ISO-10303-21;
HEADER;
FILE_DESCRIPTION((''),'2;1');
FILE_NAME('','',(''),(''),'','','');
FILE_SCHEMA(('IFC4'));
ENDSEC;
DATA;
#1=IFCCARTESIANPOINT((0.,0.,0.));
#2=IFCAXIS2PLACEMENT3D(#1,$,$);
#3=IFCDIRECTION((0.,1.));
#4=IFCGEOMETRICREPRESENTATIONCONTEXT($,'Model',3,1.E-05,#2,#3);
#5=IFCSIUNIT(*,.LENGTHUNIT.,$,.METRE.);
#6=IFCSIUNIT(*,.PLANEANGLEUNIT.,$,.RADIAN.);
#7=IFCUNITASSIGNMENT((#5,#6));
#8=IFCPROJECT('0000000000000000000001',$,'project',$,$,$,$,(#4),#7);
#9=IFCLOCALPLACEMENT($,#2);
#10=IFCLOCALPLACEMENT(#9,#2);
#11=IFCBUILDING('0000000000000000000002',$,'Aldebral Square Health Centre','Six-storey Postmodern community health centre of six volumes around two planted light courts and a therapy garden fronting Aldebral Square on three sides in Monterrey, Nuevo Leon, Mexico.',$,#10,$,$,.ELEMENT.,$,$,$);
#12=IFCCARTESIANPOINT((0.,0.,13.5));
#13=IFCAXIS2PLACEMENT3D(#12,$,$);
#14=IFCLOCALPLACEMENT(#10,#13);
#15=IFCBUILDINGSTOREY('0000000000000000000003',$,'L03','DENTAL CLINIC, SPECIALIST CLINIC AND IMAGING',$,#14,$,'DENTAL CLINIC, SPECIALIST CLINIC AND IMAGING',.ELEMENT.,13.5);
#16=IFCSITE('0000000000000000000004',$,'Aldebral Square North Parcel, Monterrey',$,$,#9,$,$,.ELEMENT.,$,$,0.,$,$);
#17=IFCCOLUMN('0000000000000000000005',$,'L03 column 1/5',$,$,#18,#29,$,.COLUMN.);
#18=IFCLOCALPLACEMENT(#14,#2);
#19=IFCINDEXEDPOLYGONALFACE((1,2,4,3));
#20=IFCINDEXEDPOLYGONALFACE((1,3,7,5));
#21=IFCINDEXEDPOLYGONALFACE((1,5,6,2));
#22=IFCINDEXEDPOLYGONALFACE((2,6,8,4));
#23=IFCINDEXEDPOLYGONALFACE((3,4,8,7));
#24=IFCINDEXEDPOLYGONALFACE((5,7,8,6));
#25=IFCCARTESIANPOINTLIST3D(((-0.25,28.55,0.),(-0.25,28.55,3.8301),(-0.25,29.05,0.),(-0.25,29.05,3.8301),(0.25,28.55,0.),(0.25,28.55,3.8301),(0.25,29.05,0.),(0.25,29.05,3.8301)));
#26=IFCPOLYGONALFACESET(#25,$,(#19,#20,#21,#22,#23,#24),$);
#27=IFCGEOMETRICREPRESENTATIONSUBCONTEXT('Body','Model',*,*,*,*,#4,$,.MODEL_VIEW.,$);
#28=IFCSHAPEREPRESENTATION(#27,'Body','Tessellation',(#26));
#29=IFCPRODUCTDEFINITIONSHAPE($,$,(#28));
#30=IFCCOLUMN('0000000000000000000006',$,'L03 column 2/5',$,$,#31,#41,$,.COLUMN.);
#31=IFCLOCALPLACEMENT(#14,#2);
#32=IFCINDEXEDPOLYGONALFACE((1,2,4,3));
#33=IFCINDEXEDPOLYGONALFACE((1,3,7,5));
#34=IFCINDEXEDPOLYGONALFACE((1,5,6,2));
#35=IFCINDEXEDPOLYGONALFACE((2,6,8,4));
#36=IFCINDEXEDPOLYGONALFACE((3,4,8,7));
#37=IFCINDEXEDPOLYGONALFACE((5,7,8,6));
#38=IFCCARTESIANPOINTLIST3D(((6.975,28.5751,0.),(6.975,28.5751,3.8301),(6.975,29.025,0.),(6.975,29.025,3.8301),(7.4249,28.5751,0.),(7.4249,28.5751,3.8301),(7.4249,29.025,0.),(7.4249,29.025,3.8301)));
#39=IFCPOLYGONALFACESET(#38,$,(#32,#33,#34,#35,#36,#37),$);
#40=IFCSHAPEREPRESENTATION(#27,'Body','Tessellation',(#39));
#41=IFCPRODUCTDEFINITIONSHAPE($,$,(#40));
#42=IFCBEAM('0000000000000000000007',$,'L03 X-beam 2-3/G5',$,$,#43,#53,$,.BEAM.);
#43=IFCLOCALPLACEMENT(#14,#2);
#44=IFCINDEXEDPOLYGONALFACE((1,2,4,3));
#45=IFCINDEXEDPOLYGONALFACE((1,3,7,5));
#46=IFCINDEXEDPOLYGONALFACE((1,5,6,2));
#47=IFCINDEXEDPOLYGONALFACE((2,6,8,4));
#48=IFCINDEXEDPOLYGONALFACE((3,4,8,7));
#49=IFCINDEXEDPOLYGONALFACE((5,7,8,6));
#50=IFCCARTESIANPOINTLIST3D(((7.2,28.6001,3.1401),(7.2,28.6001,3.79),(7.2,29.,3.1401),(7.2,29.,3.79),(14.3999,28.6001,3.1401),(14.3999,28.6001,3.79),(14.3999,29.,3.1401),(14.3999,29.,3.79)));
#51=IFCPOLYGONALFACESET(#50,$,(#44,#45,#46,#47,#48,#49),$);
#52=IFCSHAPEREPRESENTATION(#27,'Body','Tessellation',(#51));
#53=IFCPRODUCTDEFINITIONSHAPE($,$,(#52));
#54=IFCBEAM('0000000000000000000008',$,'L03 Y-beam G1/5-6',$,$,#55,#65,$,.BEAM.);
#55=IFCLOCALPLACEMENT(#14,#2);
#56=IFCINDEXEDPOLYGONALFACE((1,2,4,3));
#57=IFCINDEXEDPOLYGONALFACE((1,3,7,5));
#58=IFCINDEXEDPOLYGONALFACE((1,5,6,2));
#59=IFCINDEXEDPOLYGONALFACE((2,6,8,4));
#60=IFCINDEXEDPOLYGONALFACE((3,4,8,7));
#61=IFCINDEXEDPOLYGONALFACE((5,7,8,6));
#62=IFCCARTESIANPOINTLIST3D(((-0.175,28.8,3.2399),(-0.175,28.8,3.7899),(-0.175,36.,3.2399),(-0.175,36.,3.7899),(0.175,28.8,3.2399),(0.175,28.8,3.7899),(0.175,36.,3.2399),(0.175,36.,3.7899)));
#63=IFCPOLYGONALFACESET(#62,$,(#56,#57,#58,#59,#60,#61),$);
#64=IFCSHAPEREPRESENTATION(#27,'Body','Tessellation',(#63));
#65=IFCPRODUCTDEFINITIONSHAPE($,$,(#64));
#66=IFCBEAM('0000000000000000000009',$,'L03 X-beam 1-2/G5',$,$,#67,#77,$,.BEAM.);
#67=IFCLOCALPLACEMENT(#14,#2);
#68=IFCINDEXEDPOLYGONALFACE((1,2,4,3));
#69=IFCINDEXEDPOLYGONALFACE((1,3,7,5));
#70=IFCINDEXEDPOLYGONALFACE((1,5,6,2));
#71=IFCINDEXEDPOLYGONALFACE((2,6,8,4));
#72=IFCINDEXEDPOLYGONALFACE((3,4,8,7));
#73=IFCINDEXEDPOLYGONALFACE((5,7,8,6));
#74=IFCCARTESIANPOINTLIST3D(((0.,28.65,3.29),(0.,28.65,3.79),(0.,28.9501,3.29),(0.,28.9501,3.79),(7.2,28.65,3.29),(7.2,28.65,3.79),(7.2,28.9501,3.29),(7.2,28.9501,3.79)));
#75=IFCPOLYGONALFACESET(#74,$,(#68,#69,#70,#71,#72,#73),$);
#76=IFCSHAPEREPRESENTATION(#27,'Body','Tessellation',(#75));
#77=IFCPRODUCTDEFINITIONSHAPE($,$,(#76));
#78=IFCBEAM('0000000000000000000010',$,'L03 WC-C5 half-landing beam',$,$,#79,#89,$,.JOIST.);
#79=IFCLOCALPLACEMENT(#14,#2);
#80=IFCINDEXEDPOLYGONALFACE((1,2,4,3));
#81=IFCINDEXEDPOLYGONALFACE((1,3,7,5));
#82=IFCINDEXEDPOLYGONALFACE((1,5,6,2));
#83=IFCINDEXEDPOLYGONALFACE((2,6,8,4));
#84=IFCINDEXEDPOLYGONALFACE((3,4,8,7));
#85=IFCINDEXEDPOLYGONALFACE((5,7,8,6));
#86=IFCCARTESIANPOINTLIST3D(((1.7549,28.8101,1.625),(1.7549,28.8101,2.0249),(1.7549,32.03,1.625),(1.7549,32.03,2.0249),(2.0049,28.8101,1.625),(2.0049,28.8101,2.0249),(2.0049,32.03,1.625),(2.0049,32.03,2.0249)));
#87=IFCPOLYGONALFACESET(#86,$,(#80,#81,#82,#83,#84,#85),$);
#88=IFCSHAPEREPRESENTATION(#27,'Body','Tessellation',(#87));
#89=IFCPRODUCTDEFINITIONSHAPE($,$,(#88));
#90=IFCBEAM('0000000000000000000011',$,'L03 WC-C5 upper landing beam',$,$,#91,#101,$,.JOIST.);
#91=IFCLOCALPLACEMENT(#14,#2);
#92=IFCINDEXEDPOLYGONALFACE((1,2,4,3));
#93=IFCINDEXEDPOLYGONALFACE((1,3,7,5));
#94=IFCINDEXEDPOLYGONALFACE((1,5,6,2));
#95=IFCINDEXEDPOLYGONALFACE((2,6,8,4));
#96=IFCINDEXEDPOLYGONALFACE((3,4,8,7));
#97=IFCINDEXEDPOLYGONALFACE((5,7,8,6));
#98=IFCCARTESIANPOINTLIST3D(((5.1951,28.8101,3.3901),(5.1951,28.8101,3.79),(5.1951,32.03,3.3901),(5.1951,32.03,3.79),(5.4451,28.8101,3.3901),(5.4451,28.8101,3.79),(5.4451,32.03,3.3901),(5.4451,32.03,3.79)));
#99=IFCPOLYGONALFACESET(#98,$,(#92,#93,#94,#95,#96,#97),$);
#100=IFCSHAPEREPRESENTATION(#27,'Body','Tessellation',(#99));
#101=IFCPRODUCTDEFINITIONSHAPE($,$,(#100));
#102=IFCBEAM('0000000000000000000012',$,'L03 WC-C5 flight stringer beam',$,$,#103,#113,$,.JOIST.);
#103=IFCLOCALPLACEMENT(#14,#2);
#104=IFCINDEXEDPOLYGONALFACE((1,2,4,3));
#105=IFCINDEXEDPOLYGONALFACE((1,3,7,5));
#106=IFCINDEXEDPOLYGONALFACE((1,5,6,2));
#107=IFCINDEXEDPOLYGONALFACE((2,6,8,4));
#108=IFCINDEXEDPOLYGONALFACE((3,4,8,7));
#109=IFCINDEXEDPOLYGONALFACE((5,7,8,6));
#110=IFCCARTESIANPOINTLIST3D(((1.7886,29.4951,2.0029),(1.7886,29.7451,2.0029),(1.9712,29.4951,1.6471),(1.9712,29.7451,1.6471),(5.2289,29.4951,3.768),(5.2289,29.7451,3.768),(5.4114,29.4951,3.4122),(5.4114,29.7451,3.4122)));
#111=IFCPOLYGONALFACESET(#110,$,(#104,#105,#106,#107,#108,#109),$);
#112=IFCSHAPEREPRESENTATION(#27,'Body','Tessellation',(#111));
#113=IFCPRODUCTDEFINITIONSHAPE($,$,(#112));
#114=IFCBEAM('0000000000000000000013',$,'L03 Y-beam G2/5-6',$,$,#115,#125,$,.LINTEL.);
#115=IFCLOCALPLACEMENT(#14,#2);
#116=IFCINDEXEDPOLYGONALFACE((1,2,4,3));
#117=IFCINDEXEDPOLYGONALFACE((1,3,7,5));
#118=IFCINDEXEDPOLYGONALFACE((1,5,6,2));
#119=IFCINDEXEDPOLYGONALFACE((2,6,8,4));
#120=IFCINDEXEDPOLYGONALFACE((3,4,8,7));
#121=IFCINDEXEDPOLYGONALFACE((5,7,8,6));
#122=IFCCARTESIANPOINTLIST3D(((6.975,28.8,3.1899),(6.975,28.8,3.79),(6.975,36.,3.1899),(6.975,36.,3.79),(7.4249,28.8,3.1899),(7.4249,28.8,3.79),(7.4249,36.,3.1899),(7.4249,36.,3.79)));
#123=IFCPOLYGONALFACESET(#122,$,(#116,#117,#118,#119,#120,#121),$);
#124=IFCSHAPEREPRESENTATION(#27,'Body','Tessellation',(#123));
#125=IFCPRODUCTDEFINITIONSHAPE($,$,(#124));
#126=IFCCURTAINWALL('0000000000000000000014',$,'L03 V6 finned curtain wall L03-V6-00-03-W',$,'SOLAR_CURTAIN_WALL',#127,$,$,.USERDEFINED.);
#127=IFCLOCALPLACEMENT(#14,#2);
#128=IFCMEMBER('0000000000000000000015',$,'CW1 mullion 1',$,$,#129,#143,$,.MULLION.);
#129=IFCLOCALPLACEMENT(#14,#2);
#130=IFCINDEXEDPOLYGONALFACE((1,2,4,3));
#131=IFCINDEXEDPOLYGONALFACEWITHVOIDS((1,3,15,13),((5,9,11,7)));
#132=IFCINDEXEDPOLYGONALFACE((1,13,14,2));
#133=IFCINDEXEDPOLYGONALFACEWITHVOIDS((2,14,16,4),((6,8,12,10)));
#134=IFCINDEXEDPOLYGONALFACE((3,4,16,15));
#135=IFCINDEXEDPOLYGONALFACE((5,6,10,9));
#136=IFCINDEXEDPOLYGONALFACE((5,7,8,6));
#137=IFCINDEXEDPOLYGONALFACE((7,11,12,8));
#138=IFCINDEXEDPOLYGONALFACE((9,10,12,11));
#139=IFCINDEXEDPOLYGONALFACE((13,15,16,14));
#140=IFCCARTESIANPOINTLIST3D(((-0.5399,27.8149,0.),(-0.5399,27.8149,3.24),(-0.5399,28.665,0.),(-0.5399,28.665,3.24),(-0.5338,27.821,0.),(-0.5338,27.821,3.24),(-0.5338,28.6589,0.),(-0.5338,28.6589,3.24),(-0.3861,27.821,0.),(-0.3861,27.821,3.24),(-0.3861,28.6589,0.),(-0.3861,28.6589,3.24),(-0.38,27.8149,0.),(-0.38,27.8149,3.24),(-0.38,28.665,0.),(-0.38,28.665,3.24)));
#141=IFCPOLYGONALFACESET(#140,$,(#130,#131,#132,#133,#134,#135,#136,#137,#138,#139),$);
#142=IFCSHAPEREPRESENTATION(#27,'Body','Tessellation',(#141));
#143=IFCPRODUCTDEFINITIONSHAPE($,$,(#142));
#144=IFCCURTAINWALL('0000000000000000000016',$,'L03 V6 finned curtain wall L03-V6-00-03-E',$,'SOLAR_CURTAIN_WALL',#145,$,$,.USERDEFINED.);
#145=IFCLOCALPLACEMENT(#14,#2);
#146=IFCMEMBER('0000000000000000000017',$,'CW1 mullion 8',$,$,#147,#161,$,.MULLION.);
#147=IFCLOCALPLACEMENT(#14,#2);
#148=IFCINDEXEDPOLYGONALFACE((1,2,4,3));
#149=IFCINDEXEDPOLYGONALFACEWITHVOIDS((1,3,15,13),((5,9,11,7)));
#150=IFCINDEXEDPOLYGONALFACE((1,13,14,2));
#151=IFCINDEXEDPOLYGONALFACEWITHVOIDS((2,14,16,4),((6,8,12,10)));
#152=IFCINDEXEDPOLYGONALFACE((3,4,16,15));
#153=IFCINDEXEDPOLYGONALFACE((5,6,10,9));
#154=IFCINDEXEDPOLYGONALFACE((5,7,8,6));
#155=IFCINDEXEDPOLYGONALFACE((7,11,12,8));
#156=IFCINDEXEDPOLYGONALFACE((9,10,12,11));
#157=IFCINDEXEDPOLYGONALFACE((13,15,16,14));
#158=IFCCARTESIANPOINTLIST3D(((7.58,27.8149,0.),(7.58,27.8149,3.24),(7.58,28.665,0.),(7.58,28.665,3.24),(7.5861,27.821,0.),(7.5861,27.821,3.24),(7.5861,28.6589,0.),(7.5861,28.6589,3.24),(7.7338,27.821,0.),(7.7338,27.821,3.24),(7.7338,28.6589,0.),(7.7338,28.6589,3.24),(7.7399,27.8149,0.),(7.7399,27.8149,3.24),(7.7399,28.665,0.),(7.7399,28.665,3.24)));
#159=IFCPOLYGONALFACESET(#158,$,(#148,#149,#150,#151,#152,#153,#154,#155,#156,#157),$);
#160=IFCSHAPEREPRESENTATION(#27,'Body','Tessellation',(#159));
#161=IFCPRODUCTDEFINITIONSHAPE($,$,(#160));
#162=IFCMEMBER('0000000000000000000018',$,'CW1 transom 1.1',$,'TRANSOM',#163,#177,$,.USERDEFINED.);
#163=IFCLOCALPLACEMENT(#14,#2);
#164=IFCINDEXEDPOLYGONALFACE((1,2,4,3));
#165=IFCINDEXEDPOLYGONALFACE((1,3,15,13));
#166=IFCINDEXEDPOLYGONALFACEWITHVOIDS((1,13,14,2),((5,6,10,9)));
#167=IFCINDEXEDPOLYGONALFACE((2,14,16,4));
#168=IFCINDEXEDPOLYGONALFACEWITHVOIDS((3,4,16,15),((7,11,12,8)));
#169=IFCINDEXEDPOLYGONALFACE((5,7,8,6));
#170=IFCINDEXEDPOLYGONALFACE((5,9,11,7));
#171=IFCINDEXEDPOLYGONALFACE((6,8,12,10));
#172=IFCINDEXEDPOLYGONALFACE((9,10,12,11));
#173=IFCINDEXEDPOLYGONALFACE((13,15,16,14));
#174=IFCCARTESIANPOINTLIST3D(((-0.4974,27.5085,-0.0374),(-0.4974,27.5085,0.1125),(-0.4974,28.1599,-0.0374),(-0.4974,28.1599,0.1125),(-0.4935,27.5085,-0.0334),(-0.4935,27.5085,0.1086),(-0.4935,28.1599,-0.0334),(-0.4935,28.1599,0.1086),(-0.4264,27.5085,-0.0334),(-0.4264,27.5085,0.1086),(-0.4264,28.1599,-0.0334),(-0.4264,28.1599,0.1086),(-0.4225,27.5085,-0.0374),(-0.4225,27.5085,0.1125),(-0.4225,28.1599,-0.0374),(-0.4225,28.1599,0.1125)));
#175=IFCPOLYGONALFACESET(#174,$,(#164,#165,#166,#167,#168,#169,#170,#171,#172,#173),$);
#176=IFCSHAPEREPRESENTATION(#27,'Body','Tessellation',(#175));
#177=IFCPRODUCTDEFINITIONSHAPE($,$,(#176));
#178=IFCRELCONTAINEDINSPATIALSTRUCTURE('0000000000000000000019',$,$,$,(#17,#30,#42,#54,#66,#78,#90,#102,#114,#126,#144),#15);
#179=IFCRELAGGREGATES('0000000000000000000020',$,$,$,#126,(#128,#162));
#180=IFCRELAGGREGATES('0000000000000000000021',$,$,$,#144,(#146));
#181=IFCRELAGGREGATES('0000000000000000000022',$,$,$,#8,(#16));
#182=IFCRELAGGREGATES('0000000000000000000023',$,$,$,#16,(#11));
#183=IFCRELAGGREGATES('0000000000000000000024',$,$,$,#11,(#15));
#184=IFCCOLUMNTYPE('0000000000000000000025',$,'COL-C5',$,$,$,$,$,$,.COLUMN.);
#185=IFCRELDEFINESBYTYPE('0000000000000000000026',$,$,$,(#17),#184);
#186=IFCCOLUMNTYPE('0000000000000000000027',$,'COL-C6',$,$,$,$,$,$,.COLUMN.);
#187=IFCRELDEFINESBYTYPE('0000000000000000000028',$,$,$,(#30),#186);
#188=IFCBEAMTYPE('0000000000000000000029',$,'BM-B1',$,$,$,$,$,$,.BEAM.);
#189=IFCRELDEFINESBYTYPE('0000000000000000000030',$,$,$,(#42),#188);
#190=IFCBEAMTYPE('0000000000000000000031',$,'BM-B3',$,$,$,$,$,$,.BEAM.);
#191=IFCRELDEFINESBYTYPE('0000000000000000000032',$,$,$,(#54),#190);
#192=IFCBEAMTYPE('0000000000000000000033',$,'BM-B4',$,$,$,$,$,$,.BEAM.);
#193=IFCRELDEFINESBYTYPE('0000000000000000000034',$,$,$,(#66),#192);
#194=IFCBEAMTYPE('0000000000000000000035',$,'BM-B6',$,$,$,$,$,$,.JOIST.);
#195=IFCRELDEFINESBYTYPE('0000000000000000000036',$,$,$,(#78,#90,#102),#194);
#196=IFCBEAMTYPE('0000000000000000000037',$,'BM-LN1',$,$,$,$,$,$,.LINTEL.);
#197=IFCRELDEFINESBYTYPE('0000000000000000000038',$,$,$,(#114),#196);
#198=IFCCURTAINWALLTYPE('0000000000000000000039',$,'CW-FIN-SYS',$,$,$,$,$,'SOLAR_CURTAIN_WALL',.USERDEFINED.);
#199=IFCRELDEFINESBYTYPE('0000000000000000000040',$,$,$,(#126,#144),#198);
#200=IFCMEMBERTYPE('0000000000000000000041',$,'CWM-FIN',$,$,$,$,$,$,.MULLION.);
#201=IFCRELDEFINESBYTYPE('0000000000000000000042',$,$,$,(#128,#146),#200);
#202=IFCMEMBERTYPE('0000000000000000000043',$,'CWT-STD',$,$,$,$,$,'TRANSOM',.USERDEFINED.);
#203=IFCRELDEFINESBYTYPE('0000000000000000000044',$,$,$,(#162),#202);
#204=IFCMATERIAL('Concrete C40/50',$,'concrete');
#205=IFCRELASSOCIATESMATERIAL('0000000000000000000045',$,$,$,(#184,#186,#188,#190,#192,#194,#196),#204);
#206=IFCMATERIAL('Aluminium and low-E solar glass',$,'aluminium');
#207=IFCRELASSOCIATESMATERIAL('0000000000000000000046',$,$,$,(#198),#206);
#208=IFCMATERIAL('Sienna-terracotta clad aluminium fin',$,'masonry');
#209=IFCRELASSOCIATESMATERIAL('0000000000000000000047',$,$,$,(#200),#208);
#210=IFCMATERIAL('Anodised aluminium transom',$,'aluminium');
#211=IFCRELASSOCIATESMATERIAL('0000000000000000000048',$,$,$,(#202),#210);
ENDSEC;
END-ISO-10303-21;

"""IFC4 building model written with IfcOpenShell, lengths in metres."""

from ifc_helpers import new_model, si_unit, direction, frame, origin, origin_2d, place, context, subcontext, project, spatial, rectangle, hollow_rectangle, extrude, material, material_profile, profile_set, type_object, element, aggregate, save


model = new_model("IFC4")

# Units and contexts
model_context = context("Model", 3, precision=1e-05, world=origin(), true_north=direction((0.0, 1.0)))
body_context = subcontext(model_context, "Body", "Model", "MODEL_VIEW")
ifc_project = project(units=[si_unit("LENGTHUNIT", "METRE"), si_unit("PLANEANGLEUNIT", "RADIAN")], contexts=[model_context])

# Site, building, storey
site_placement = place(None, origin())
site = spatial("IfcSite", under=ifc_project, at=site_placement, Name="Aldebral Square North Parcel, Monterrey", CompositionType="ELEMENT", RefElevation=0.0)
building_placement = place(site_placement, origin())
building = spatial("IfcBuilding", under=site, at=building_placement, Name="Aldebral Square Health Centre", Description="Six-storey Postmodern community health centre of six volumes around two planted light courts and a therapy garden fronting Aldebral Square on three sides in Monterrey, Nuevo Leon, Mexico.", CompositionType="ELEMENT")
storey_placement = place(building_placement, frame((0.0, 0.0, 13.5)))
storey = spatial("IfcBuildingStorey", under=building, at=storey_placement, Name="L03", Description="DENTAL CLINIC, SPECIALIST CLINIC AND IMAGING", LongName="DENTAL CLINIC, SPECIALIST CLINIC AND IMAGING", CompositionType="ELEMENT", Elevation=13.5)

# Columns
ifc_material_1 = material(Name="Concrete C40/50", Category="concrete")
ifc_material_profile_1 = material_profile(ifc_material_1, rectangle(XDim=0.5, YDim=0.5, at=origin_2d()), Name="RC 500x500")
ifc_profile_set_1 = profile_set([ifc_material_profile_1], Name="Concrete C40/50")
column_type_1 = type_object("IfcColumnType", Name="COL-C5", PredefinedType="COLUMN", material=ifc_profile_set_1)
column_1_placement = place(storey_placement, frame((0.0, 28.8, 0.0), z_axis=(0.0, 0.0, 1.0), x_axis=(1.0, 0.0, 0.0)))
element("IfcColumn", 1, at=column_1_placement, inside=storey, type_object=column_type_1, Name="L03 column 1/5", PredefinedType="COLUMN", context=body_context, shape_type="SweptSolid", body=[
    extrude(rectangle(XDim=0.5, YDim=0.5, at=origin_2d()), origin(), (0.0, 0.0, 1.0), 3.8301),
])
ifc_material_profile_2 = material_profile(ifc_material_1, rectangle(XDim=0.45, YDim=0.45, at=origin_2d()), Name="RC 450x450")
ifc_profile_set_2 = profile_set([ifc_material_profile_2], Name="Concrete C40/50")
column_type_2 = type_object("IfcColumnType", Name="COL-C6", PredefinedType="COLUMN", material=ifc_profile_set_2)
column_2_placement = place(storey_placement, frame((7.2, 28.8, 0.0), z_axis=(0.0, 0.0, 1.0), x_axis=(1.0, 0.0, 0.0)))
element("IfcColumn", 2, at=column_2_placement, inside=storey, type_object=column_type_2, Name="L03 column 2/5", PredefinedType="COLUMN", context=body_context, shape_type="SweptSolid", body=[
    extrude(rectangle(XDim=0.45, YDim=0.45, at=origin_2d()), origin(), (0.0, 0.0, 1.0), 3.8301),
])

# Beams
ifc_material_profile_3 = material_profile(ifc_material_1, rectangle(XDim=0.3999, YDim=0.6499, at=origin_2d()), Name="RC 400x650")
ifc_profile_set_3 = profile_set([ifc_material_profile_3], Name="Concrete C40/50")
beam_type_1 = type_object("IfcBeamType", Name="BM-B1", PredefinedType="BEAM", material=ifc_profile_set_3)
beam_1_placement = place(storey_placement, frame((7.2, 28.8, 3.4651), z_axis=(1.0, 0.0, 0.0), x_axis=(0.0, 1.0, 0.0)))
element("IfcBeam", 3, at=beam_1_placement, inside=storey, type_object=beam_type_1, Name="L03 X-beam 2-3/G5", PredefinedType="BEAM", context=body_context, shape_type="SweptSolid", body=[
    extrude(rectangle(XDim=0.3999, YDim=0.6499, at=origin_2d()), origin(), (0.0, 0.0, 1.0), 7.2),
])
ifc_material_profile_4 = material_profile(ifc_material_1, rectangle(XDim=0.3501, YDim=0.55, at=origin_2d()), Name="RC 350x550")
ifc_profile_set_4 = profile_set([ifc_material_profile_4], Name="Concrete C40/50")
beam_type_2 = type_object("IfcBeamType", Name="BM-B3", PredefinedType="BEAM", material=ifc_profile_set_4)
beam_2_placement = place(storey_placement, frame((0.0, 28.8, 3.5149), z_axis=(0.0, 1.0, 0.0), x_axis=(-1.0, 0.0, 0.0)))
element("IfcBeam", 4, at=beam_2_placement, inside=storey, type_object=beam_type_2, Name="L03 Y-beam G1/5-6", PredefinedType="BEAM", context=body_context, shape_type="SweptSolid", body=[
    extrude(rectangle(XDim=0.3501, YDim=0.55, at=origin_2d()), origin(), (0.0, 0.0, 1.0), 7.2),
])
ifc_material_profile_5 = material_profile(ifc_material_1, rectangle(XDim=0.3, YDim=0.5, at=origin_2d()), Name="RC 300x500")
ifc_profile_set_5 = profile_set([ifc_material_profile_5], Name="Concrete C40/50")
beam_type_3 = type_object("IfcBeamType", Name="BM-B4", PredefinedType="BEAM", material=ifc_profile_set_5)
beam_3_placement = place(storey_placement, frame((0.0, 28.8, 3.54), z_axis=(1.0, 0.0, 0.0), x_axis=(0.0, 1.0, 0.0)))
element("IfcBeam", 5, at=beam_3_placement, inside=storey, type_object=beam_type_3, Name="L03 X-beam 1-2/G5", PredefinedType="BEAM", context=body_context, shape_type="SweptSolid", body=[
    extrude(rectangle(XDim=0.3, YDim=0.5, at=origin_2d()), origin(), (0.0, 0.0, 1.0), 7.2),
])
ifc_material_profile_6 = material_profile(ifc_material_1, rectangle(XDim=0.25, YDim=0.3999, at=origin_2d()), Name="RC 250x400")
ifc_profile_set_6 = profile_set([ifc_material_profile_6], Name="Concrete C40/50")
beam_type_4 = type_object("IfcBeamType", Name="BM-B6", PredefinedType="JOIST", material=ifc_profile_set_6)
for number, where, z_axis, x_axis, name in (
    (6, (1.8799, 28.8101, 1.825), (0.0, 1.0, 0.0), (-1.0, 0.0, 0.0), "L03 WC-C5 half-landing beam"),
    (7, (5.3201, 28.8101, 3.5901), (0.0, 1.0, 0.0), (-1.0, 0.0, 0.0), "L03 WC-C5 upper landing beam"),
):
    element("IfcBeam", number, at=place(storey_placement, frame(where, z_axis=z_axis, x_axis=x_axis)), inside=storey, type_object=beam_type_4, Name=name, PredefinedType="JOIST", context=body_context, shape_type="SweptSolid", body=[
        extrude(rectangle(XDim=0.25, YDim=0.3999, at=origin_2d()), origin(), (0.0, 0.0, 1.0), 3.22),
    ])
beam_4_placement = place(storey_placement, frame((1.8799, 29.6201, 1.825), z_axis=(0.889719, 0.0, 0.456509), x_axis=(0.0, 1.0, 0.0)))
element("IfcBeam", 8, at=beam_4_placement, inside=storey, type_object=beam_type_4, Name="L03 WC-C5 flight stringer beam", PredefinedType="JOIST", context=body_context, shape_type="SweptSolid", body=[
    extrude(rectangle(XDim=0.25, YDim=0.3999, at=origin_2d()), origin(), (0.0, 0.0, 1.0), 3.8667),
])
ifc_material_profile_7 = material_profile(ifc_material_1, rectangle(XDim=0.45, YDim=0.6001, at=origin_2d()), Name="RC 450x600")
ifc_profile_set_7 = profile_set([ifc_material_profile_7], Name="Concrete C40/50")
beam_type_5 = type_object("IfcBeamType", Name="BM-LN1", PredefinedType="LINTEL", material=ifc_profile_set_7)
beam_5_placement = place(storey_placement, frame((7.2, 28.8, 3.49), z_axis=(0.0, 1.0, 0.0), x_axis=(-1.0, 0.0, 0.0)))
element("IfcBeam", 9, at=beam_5_placement, inside=storey, type_object=beam_type_5, Name="L03 Y-beam G2/5-6", PredefinedType="LINTEL", context=body_context, shape_type="SweptSolid", body=[
    extrude(rectangle(XDim=0.45, YDim=0.6001, at=origin_2d()), origin(), (0.0, 0.0, 1.0), 7.2),
])

# Curtain walls, members
ifc_material_2 = material(Name="Aluminium and low-E solar glass", Category="aluminium")
curtain_wall_type = type_object("IfcCurtainWallType", Name="CW-FIN-SYS", ElementType="SOLAR_CURTAIN_WALL", PredefinedType="USERDEFINED", material=ifc_material_2)
curtain_wall_1_placement = place(storey_placement, origin())
curtain_wall_1 = element("IfcCurtainWall", 10, at=curtain_wall_1_placement, inside=storey, type_object=curtain_wall_type, Name="L03 V6 finned curtain wall L03-V6-00-03-W", ObjectType="SOLAR_CURTAIN_WALL", PredefinedType="USERDEFINED")
ifc_material_3 = material(Name="Sienna-terracotta clad aluminium fin", Category="masonry")
ifc_material_profile_8 = material_profile(ifc_material_3, hollow_rectangle(XDim=0.1599, YDim=0.8501, WallThickness=0.0061, at=origin_2d()), Name="FIN 160x850x6")
ifc_profile_set_8 = profile_set([ifc_material_profile_8], Name="Sienna-terracotta clad aluminium fin")
member_type_1 = type_object("IfcMemberType", Name="CWM-FIN", PredefinedType="MULLION", material=ifc_profile_set_8)
member_1_placement = place(storey_placement, frame((-0.46, 28.24, 0.0), z_axis=(0.0, 0.0, 1.0), x_axis=(1.0, 0.0, 0.0)))
member_1 = element("IfcMember", 11, at=member_1_placement, type_object=member_type_1, Name="CW1 mullion 1", PredefinedType="MULLION", context=body_context, shape_type="SweptSolid", body=[
    extrude(hollow_rectangle(XDim=0.1599, YDim=0.8501, WallThickness=0.0061, at=origin_2d()), origin(), (0.0, 0.0, 1.0), 3.24),
])
curtain_wall_2_placement = place(storey_placement, origin())
curtain_wall_2 = element("IfcCurtainWall", 12, at=curtain_wall_2_placement, inside=storey, type_object=curtain_wall_type, Name="L03 V6 finned curtain wall L03-V6-00-03-E", ObjectType="SOLAR_CURTAIN_WALL", PredefinedType="USERDEFINED")
member_2_placement = place(storey_placement, frame((7.6599, 28.24, 0.0), z_axis=(0.0, 0.0, 1.0), x_axis=(-1.0, 0.0, 0.0)))
member_2 = element("IfcMember", 13, at=member_2_placement, type_object=member_type_1, Name="CW1 mullion 8", PredefinedType="MULLION", context=body_context, shape_type="SweptSolid", body=[
    extrude(hollow_rectangle(XDim=0.1599, YDim=0.8501, WallThickness=0.0061, at=origin_2d()), origin(), (0.0, 0.0, 1.0), 3.24),
])

# Member
ifc_material_4 = material(Name="Anodised aluminium transom", Category="aluminium")
ifc_material_profile_9 = material_profile(ifc_material_4, hollow_rectangle(XDim=0.075, YDim=0.1499, WallThickness=0.0039, at=origin_2d()), Name="CWT 75x150x4")
ifc_profile_set_9 = profile_set([ifc_material_profile_9], Name="Anodised aluminium transom")
member_type_2 = type_object("IfcMemberType", Name="CWT-STD", ElementType="TRANSOM", PredefinedType="USERDEFINED", material=ifc_profile_set_9)
member_3_placement = place(storey_placement, frame((-0.46, 28.1599, 0.0376), z_axis=(0.0, -1.0, 0.0), x_axis=(1.0, 0.0, 0.0)))
member_3 = element("IfcMember", 14, at=member_3_placement, type_object=member_type_2, Name="CW1 transom 1.1", ObjectType="TRANSOM", PredefinedType="USERDEFINED", context=body_context, shape_type="SweptSolid", body=[
    extrude(hollow_rectangle(XDim=0.075, YDim=0.1499, WallThickness=0.0039, at=origin_2d()), origin(), (0.0, 0.0, 1.0), 0.6514),
])
aggregate(curtain_wall_1, [member_1, member_3])

aggregate(curtain_wall_2, [member_2])

save(model, "model.ifc")
